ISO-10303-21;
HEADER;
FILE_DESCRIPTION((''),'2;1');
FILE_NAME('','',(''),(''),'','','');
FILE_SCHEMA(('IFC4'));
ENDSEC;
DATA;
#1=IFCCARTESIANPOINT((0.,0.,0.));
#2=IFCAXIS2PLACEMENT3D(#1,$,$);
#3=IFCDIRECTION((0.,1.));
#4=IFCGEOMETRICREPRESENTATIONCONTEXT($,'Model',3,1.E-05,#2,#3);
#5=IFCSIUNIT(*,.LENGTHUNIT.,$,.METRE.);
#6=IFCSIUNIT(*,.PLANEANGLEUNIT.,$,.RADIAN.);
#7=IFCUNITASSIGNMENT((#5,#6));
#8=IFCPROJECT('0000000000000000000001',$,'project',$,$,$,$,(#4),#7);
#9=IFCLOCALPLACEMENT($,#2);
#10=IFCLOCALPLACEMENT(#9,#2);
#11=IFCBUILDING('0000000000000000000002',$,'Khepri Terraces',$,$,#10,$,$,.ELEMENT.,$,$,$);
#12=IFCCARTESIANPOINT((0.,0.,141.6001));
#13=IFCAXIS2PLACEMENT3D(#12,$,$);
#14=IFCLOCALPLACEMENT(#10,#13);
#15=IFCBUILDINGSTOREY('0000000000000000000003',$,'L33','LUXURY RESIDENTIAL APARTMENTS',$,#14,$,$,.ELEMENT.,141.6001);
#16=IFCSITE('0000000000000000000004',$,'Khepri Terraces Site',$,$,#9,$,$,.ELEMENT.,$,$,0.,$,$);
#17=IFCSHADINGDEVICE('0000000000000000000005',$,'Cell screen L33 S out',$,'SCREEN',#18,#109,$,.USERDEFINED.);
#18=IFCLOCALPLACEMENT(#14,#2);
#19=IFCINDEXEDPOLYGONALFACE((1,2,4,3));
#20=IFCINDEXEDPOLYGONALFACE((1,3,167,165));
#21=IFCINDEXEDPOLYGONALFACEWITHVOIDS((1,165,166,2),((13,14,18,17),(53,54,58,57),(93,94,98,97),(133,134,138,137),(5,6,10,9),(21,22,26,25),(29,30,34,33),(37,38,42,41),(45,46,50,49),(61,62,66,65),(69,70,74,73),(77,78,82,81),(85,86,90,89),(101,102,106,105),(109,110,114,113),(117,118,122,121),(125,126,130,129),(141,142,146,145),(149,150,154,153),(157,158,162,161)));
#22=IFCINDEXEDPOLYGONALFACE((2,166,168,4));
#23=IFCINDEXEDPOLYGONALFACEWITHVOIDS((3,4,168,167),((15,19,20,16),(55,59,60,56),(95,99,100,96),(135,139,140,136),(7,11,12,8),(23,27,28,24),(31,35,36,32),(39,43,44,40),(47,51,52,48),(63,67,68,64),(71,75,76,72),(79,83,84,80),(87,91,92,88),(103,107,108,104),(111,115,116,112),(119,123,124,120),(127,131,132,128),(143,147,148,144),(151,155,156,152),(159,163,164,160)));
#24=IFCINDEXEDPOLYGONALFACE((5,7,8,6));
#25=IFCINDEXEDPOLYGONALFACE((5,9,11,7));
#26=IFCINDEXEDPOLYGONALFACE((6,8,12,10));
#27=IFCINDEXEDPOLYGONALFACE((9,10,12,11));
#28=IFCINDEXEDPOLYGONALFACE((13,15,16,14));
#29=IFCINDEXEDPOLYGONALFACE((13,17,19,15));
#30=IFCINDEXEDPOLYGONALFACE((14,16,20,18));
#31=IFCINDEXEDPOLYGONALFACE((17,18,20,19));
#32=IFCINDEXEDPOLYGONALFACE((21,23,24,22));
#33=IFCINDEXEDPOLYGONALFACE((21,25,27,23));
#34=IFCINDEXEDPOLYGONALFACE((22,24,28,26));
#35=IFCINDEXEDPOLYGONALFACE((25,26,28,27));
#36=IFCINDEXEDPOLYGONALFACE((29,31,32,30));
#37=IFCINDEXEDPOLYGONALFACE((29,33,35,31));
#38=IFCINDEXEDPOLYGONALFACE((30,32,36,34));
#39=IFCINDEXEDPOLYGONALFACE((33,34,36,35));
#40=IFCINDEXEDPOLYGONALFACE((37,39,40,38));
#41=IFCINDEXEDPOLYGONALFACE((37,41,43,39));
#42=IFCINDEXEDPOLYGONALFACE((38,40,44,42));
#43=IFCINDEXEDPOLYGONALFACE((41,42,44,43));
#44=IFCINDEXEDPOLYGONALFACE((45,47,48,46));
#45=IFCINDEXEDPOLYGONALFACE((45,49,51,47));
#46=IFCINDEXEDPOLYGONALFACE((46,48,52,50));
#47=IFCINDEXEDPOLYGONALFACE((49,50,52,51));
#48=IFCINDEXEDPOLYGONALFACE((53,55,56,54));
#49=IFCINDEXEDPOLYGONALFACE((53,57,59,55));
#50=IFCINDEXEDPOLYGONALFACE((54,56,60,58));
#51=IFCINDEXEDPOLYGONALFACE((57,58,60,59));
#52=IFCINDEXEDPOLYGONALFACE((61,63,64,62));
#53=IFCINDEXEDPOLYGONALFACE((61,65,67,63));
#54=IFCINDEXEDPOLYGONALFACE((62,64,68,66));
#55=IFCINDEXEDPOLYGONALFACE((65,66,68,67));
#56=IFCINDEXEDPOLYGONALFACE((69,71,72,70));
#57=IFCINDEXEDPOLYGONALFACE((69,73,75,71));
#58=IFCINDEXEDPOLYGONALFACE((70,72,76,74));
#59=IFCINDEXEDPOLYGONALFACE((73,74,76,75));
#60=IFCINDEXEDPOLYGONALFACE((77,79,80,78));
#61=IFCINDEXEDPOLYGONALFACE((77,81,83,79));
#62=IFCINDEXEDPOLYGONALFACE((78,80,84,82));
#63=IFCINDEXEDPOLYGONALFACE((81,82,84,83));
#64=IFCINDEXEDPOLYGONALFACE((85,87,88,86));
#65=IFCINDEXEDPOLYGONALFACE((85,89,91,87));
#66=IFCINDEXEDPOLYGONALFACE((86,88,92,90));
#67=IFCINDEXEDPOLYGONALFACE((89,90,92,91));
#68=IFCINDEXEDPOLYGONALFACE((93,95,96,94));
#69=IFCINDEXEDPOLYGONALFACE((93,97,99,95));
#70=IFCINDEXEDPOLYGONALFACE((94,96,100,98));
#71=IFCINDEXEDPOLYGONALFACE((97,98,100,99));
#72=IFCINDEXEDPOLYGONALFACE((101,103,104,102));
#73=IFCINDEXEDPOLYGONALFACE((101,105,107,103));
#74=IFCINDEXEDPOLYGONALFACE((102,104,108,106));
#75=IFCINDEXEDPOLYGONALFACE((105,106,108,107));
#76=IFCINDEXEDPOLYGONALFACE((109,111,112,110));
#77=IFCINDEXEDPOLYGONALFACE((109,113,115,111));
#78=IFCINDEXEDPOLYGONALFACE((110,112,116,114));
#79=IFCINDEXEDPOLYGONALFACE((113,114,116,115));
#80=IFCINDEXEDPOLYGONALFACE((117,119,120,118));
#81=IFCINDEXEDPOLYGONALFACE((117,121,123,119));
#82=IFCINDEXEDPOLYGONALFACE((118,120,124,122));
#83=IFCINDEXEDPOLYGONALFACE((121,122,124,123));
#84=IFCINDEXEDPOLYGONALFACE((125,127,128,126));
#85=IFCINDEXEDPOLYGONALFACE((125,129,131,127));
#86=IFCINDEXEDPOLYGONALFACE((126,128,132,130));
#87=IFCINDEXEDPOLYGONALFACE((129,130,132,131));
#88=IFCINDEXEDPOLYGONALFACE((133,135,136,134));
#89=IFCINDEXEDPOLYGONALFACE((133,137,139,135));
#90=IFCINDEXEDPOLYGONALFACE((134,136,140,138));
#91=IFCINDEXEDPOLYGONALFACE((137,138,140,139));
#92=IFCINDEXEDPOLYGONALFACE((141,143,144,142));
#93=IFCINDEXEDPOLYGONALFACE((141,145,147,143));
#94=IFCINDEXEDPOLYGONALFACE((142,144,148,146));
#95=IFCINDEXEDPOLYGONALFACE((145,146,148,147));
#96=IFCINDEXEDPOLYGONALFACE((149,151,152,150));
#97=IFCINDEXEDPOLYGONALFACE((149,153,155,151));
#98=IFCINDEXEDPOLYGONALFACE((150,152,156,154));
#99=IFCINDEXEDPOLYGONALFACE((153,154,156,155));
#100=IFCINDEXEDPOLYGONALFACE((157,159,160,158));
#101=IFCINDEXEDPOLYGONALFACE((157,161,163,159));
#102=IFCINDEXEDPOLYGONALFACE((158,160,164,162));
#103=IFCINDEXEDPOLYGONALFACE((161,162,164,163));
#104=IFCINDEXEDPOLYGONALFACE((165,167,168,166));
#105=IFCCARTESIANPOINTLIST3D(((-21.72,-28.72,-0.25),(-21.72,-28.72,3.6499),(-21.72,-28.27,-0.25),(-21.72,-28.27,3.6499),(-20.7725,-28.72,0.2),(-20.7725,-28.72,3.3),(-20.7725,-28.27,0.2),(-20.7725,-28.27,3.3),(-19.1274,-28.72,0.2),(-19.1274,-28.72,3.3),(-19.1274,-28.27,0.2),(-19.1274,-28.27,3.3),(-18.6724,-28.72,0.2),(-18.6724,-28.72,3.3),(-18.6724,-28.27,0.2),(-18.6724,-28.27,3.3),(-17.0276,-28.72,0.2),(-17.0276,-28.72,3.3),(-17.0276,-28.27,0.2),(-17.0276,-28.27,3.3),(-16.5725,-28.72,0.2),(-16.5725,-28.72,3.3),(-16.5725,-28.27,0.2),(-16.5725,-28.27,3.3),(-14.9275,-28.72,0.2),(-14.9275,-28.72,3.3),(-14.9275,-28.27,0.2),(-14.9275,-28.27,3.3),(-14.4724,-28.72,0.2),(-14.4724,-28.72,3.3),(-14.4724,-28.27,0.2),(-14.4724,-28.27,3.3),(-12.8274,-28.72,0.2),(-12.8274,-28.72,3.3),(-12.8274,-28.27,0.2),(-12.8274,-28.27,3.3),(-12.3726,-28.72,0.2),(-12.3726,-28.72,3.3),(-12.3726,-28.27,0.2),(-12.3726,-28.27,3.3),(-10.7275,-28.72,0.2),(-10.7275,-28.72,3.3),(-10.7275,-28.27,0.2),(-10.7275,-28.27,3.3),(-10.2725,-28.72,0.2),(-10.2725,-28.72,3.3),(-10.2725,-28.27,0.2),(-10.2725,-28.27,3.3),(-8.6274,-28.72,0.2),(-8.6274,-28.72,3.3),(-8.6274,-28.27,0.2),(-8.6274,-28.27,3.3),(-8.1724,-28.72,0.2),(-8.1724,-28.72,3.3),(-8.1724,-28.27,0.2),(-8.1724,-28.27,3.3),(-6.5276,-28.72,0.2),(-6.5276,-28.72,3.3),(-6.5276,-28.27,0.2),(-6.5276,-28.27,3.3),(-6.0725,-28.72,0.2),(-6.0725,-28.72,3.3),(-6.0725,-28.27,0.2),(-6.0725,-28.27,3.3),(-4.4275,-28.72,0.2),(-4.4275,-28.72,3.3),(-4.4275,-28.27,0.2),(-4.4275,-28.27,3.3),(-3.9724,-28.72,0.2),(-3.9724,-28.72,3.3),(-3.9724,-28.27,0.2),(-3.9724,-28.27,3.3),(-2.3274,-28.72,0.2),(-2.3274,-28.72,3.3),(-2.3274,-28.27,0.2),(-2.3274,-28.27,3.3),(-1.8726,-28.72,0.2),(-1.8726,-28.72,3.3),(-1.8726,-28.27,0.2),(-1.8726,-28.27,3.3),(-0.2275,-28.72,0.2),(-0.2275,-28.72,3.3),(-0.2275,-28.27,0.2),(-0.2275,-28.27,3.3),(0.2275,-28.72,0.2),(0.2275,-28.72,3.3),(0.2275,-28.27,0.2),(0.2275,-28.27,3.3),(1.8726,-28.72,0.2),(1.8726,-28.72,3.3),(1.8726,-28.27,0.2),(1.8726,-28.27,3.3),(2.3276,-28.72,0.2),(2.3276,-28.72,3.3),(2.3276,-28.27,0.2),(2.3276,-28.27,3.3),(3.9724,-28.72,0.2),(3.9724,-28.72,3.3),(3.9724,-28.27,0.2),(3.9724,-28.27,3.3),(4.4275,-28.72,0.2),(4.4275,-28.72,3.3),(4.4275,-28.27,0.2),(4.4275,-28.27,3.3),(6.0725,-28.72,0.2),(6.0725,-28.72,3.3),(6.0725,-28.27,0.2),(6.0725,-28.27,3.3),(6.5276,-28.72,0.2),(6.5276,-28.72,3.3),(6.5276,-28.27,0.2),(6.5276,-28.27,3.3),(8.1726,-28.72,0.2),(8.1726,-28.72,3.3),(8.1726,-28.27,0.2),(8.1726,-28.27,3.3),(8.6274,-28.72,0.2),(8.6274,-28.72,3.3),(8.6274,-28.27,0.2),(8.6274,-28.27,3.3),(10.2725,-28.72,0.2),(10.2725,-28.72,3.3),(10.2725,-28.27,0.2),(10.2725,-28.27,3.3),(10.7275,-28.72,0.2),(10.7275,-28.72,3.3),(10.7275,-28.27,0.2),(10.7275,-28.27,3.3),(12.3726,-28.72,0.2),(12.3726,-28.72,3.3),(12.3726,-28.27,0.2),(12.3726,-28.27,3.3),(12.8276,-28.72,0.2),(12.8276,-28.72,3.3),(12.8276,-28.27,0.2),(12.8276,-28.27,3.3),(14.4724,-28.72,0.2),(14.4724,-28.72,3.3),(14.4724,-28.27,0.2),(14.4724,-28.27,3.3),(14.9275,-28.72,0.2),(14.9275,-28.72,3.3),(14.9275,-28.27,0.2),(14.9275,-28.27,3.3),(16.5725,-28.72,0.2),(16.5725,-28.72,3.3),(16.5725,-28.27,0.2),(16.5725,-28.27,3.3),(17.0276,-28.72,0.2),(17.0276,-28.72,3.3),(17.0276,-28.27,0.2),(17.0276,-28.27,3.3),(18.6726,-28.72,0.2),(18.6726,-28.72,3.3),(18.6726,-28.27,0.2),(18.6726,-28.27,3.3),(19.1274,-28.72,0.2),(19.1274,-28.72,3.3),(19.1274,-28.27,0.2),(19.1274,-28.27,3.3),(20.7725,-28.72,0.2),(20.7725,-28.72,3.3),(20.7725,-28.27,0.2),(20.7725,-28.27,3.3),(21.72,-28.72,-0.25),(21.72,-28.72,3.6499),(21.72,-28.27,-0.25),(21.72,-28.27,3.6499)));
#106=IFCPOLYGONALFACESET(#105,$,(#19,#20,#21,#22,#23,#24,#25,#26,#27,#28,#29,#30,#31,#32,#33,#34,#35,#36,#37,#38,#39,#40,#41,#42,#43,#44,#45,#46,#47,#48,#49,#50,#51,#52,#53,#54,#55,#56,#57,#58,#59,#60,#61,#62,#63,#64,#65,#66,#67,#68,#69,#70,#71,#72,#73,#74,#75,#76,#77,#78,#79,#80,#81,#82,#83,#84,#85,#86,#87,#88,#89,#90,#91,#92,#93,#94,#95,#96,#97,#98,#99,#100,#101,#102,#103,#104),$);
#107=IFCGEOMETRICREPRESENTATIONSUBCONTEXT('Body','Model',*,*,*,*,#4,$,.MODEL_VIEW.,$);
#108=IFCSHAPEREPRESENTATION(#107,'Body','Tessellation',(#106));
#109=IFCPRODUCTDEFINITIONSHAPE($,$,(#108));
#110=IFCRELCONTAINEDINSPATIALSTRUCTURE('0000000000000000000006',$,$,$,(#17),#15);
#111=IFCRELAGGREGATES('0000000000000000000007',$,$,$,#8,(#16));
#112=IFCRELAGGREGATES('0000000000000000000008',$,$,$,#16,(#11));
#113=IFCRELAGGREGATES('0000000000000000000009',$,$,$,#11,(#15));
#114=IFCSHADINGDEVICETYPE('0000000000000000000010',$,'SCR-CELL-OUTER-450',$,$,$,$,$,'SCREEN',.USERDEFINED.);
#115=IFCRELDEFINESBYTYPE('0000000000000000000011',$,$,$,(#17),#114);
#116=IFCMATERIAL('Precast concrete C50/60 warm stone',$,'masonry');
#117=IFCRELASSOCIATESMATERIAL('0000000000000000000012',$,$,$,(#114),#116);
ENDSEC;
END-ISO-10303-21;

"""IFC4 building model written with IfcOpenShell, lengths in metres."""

from ifc_helpers import new_model, si_unit, direction, frame, origin, place, context, subcontext, project, spatial, polyline, outline, extrude, material, type_object, element, save


model = new_model("IFC4")

# Units and contexts
model_context = context("Model", 3, precision=1e-05, world=origin(), true_north=direction((0.0, 1.0)))
body_context = subcontext(model_context, "Body", "Model", "MODEL_VIEW")
ifc_project = project(units=[si_unit("LENGTHUNIT", "METRE"), si_unit("PLANEANGLEUNIT", "RADIAN")], contexts=[model_context])

# Site, building, storey
site_placement = place(None, origin())
site = spatial("IfcSite", under=ifc_project, at=site_placement, Name="Khepri Terraces Site", CompositionType="ELEMENT", RefElevation=0.0)
building_placement = place(site_placement, origin())
building = spatial("IfcBuilding", under=site, at=building_placement, Name="Khepri Terraces", CompositionType="ELEMENT")
storey_placement = place(building_placement, frame((0.0, 0.0, 141.6001)))
storey = spatial("IfcBuildingStorey", under=building, at=storey_placement, Name="L33", Description="LUXURY RESIDENTIAL APARTMENTS", CompositionType="ELEMENT", Elevation=141.6001)

# Shared definitions
ifc_material_1 = material(Name="Precast concrete C50/60 warm stone", Category="masonry")

# Shading device
shading_device_type_1 = type_object("IfcShadingDeviceType", Name="SCR-CELL-OUTER-450", ElementType="SCREEN", PredefinedType="USERDEFINED", material=ifc_material_1)
shading_device_1_placement = place(storey_placement, frame((-21.72, -28.27, -0.25), z_axis=(0.0, -1.0, 0.0), x_axis=(1.0, 0.0, 0.0)))
element("IfcShadingDevice", 1, at=shading_device_1_placement, inside=storey, type_object=shading_device_type_1, Name="Cell screen L33 S out", ObjectType="SCREEN", PredefinedType="USERDEFINED", context=body_context, shape_type="SweptSolid", body=[
    extrude(outline(polyline([(0.0, 0.0), (43.4399, 0.0), (43.4399, 3.8999), (0.0, 3.8999), (0.0, 0.0)]), holes=[polyline([(0.9475, 0.45), (2.5925, 0.45), (2.5925, 3.55), (0.9475, 3.55), (0.9475, 0.45)]), polyline([(3.0476, 0.45), (4.6924, 0.45), (4.6924, 3.55), (3.0476, 3.55), (3.0476, 0.45)]), polyline([(5.1475, 0.45), (6.7925, 0.45), (6.7925, 3.55), (5.1475, 3.55), (5.1475, 0.45)]), polyline([(7.2476, 0.45), (8.8926, 0.45), (8.8926, 3.55), (7.2476, 3.55), (7.2476, 0.45)]), polyline([(9.3474, 0.45), (10.9924, 0.45), (10.9924, 3.55), (9.3474, 3.55), (9.3474, 0.45)]), polyline([(11.4475, 0.45), (13.0925, 0.45), (13.0925, 3.55), (11.4475, 3.55), (11.4475, 0.45)]), polyline([(13.5476, 0.45), (15.1924, 0.45), (15.1924, 3.55), (13.5476, 3.55), (13.5476, 0.45)]), polyline([(15.6475, 0.45), (17.2925, 0.45), (17.2925, 3.55), (15.6475, 3.55), (15.6475, 0.45)]), polyline([(17.7476, 0.45), (19.3926, 0.45), (19.3926, 3.55), (17.7476, 3.55), (17.7476, 0.45)]), polyline([(19.8474, 0.45), (21.4924, 0.45), (21.4924, 3.55), (19.8474, 3.55), (19.8474, 0.45)]), polyline([(21.9475, 0.45), (23.5925, 0.45), (23.5925, 3.55), (21.9475, 3.55), (21.9475, 0.45)]), polyline([(24.0476, 0.45), (25.6924, 0.45), (25.6924, 3.55), (24.0476, 3.55), (24.0476, 0.45)]), polyline([(26.1475, 0.45), (27.7925, 0.45), (27.7925, 3.55), (26.1475, 3.55), (26.1475, 0.45)]), polyline([(28.2476, 0.45), (29.8926, 0.45), (29.8926, 3.55), (28.2476, 3.55), (28.2476, 0.45)]), polyline([(30.3474, 0.45), (31.9924, 0.45), (31.9924, 3.55), (30.3474, 3.55), (30.3474, 0.45)]), polyline([(32.4475, 0.45), (34.0925, 0.45), (34.0925, 3.55), (32.4475, 3.55), (32.4475, 0.45)]), polyline([(34.5476, 0.45), (36.1924, 0.45), (36.1924, 3.55), (34.5476, 3.55), (34.5476, 0.45)]), polyline([(36.6475, 0.45), (38.2925, 0.45), (38.2925, 3.55), (36.6475, 3.55), (36.6475, 0.45)]), polyline([(38.7476, 0.45), (40.3926, 0.45), (40.3926, 3.55), (38.7476, 3.55), (38.7476, 0.45)]), polyline([(40.8474, 0.45), (42.4924, 0.45), (42.4924, 3.55), (40.8474, 3.55), (40.8474, 0.45)])]), origin(), (0.0, 0.0, 1.0), 0.45),
])

save(model, "model.ifc")
